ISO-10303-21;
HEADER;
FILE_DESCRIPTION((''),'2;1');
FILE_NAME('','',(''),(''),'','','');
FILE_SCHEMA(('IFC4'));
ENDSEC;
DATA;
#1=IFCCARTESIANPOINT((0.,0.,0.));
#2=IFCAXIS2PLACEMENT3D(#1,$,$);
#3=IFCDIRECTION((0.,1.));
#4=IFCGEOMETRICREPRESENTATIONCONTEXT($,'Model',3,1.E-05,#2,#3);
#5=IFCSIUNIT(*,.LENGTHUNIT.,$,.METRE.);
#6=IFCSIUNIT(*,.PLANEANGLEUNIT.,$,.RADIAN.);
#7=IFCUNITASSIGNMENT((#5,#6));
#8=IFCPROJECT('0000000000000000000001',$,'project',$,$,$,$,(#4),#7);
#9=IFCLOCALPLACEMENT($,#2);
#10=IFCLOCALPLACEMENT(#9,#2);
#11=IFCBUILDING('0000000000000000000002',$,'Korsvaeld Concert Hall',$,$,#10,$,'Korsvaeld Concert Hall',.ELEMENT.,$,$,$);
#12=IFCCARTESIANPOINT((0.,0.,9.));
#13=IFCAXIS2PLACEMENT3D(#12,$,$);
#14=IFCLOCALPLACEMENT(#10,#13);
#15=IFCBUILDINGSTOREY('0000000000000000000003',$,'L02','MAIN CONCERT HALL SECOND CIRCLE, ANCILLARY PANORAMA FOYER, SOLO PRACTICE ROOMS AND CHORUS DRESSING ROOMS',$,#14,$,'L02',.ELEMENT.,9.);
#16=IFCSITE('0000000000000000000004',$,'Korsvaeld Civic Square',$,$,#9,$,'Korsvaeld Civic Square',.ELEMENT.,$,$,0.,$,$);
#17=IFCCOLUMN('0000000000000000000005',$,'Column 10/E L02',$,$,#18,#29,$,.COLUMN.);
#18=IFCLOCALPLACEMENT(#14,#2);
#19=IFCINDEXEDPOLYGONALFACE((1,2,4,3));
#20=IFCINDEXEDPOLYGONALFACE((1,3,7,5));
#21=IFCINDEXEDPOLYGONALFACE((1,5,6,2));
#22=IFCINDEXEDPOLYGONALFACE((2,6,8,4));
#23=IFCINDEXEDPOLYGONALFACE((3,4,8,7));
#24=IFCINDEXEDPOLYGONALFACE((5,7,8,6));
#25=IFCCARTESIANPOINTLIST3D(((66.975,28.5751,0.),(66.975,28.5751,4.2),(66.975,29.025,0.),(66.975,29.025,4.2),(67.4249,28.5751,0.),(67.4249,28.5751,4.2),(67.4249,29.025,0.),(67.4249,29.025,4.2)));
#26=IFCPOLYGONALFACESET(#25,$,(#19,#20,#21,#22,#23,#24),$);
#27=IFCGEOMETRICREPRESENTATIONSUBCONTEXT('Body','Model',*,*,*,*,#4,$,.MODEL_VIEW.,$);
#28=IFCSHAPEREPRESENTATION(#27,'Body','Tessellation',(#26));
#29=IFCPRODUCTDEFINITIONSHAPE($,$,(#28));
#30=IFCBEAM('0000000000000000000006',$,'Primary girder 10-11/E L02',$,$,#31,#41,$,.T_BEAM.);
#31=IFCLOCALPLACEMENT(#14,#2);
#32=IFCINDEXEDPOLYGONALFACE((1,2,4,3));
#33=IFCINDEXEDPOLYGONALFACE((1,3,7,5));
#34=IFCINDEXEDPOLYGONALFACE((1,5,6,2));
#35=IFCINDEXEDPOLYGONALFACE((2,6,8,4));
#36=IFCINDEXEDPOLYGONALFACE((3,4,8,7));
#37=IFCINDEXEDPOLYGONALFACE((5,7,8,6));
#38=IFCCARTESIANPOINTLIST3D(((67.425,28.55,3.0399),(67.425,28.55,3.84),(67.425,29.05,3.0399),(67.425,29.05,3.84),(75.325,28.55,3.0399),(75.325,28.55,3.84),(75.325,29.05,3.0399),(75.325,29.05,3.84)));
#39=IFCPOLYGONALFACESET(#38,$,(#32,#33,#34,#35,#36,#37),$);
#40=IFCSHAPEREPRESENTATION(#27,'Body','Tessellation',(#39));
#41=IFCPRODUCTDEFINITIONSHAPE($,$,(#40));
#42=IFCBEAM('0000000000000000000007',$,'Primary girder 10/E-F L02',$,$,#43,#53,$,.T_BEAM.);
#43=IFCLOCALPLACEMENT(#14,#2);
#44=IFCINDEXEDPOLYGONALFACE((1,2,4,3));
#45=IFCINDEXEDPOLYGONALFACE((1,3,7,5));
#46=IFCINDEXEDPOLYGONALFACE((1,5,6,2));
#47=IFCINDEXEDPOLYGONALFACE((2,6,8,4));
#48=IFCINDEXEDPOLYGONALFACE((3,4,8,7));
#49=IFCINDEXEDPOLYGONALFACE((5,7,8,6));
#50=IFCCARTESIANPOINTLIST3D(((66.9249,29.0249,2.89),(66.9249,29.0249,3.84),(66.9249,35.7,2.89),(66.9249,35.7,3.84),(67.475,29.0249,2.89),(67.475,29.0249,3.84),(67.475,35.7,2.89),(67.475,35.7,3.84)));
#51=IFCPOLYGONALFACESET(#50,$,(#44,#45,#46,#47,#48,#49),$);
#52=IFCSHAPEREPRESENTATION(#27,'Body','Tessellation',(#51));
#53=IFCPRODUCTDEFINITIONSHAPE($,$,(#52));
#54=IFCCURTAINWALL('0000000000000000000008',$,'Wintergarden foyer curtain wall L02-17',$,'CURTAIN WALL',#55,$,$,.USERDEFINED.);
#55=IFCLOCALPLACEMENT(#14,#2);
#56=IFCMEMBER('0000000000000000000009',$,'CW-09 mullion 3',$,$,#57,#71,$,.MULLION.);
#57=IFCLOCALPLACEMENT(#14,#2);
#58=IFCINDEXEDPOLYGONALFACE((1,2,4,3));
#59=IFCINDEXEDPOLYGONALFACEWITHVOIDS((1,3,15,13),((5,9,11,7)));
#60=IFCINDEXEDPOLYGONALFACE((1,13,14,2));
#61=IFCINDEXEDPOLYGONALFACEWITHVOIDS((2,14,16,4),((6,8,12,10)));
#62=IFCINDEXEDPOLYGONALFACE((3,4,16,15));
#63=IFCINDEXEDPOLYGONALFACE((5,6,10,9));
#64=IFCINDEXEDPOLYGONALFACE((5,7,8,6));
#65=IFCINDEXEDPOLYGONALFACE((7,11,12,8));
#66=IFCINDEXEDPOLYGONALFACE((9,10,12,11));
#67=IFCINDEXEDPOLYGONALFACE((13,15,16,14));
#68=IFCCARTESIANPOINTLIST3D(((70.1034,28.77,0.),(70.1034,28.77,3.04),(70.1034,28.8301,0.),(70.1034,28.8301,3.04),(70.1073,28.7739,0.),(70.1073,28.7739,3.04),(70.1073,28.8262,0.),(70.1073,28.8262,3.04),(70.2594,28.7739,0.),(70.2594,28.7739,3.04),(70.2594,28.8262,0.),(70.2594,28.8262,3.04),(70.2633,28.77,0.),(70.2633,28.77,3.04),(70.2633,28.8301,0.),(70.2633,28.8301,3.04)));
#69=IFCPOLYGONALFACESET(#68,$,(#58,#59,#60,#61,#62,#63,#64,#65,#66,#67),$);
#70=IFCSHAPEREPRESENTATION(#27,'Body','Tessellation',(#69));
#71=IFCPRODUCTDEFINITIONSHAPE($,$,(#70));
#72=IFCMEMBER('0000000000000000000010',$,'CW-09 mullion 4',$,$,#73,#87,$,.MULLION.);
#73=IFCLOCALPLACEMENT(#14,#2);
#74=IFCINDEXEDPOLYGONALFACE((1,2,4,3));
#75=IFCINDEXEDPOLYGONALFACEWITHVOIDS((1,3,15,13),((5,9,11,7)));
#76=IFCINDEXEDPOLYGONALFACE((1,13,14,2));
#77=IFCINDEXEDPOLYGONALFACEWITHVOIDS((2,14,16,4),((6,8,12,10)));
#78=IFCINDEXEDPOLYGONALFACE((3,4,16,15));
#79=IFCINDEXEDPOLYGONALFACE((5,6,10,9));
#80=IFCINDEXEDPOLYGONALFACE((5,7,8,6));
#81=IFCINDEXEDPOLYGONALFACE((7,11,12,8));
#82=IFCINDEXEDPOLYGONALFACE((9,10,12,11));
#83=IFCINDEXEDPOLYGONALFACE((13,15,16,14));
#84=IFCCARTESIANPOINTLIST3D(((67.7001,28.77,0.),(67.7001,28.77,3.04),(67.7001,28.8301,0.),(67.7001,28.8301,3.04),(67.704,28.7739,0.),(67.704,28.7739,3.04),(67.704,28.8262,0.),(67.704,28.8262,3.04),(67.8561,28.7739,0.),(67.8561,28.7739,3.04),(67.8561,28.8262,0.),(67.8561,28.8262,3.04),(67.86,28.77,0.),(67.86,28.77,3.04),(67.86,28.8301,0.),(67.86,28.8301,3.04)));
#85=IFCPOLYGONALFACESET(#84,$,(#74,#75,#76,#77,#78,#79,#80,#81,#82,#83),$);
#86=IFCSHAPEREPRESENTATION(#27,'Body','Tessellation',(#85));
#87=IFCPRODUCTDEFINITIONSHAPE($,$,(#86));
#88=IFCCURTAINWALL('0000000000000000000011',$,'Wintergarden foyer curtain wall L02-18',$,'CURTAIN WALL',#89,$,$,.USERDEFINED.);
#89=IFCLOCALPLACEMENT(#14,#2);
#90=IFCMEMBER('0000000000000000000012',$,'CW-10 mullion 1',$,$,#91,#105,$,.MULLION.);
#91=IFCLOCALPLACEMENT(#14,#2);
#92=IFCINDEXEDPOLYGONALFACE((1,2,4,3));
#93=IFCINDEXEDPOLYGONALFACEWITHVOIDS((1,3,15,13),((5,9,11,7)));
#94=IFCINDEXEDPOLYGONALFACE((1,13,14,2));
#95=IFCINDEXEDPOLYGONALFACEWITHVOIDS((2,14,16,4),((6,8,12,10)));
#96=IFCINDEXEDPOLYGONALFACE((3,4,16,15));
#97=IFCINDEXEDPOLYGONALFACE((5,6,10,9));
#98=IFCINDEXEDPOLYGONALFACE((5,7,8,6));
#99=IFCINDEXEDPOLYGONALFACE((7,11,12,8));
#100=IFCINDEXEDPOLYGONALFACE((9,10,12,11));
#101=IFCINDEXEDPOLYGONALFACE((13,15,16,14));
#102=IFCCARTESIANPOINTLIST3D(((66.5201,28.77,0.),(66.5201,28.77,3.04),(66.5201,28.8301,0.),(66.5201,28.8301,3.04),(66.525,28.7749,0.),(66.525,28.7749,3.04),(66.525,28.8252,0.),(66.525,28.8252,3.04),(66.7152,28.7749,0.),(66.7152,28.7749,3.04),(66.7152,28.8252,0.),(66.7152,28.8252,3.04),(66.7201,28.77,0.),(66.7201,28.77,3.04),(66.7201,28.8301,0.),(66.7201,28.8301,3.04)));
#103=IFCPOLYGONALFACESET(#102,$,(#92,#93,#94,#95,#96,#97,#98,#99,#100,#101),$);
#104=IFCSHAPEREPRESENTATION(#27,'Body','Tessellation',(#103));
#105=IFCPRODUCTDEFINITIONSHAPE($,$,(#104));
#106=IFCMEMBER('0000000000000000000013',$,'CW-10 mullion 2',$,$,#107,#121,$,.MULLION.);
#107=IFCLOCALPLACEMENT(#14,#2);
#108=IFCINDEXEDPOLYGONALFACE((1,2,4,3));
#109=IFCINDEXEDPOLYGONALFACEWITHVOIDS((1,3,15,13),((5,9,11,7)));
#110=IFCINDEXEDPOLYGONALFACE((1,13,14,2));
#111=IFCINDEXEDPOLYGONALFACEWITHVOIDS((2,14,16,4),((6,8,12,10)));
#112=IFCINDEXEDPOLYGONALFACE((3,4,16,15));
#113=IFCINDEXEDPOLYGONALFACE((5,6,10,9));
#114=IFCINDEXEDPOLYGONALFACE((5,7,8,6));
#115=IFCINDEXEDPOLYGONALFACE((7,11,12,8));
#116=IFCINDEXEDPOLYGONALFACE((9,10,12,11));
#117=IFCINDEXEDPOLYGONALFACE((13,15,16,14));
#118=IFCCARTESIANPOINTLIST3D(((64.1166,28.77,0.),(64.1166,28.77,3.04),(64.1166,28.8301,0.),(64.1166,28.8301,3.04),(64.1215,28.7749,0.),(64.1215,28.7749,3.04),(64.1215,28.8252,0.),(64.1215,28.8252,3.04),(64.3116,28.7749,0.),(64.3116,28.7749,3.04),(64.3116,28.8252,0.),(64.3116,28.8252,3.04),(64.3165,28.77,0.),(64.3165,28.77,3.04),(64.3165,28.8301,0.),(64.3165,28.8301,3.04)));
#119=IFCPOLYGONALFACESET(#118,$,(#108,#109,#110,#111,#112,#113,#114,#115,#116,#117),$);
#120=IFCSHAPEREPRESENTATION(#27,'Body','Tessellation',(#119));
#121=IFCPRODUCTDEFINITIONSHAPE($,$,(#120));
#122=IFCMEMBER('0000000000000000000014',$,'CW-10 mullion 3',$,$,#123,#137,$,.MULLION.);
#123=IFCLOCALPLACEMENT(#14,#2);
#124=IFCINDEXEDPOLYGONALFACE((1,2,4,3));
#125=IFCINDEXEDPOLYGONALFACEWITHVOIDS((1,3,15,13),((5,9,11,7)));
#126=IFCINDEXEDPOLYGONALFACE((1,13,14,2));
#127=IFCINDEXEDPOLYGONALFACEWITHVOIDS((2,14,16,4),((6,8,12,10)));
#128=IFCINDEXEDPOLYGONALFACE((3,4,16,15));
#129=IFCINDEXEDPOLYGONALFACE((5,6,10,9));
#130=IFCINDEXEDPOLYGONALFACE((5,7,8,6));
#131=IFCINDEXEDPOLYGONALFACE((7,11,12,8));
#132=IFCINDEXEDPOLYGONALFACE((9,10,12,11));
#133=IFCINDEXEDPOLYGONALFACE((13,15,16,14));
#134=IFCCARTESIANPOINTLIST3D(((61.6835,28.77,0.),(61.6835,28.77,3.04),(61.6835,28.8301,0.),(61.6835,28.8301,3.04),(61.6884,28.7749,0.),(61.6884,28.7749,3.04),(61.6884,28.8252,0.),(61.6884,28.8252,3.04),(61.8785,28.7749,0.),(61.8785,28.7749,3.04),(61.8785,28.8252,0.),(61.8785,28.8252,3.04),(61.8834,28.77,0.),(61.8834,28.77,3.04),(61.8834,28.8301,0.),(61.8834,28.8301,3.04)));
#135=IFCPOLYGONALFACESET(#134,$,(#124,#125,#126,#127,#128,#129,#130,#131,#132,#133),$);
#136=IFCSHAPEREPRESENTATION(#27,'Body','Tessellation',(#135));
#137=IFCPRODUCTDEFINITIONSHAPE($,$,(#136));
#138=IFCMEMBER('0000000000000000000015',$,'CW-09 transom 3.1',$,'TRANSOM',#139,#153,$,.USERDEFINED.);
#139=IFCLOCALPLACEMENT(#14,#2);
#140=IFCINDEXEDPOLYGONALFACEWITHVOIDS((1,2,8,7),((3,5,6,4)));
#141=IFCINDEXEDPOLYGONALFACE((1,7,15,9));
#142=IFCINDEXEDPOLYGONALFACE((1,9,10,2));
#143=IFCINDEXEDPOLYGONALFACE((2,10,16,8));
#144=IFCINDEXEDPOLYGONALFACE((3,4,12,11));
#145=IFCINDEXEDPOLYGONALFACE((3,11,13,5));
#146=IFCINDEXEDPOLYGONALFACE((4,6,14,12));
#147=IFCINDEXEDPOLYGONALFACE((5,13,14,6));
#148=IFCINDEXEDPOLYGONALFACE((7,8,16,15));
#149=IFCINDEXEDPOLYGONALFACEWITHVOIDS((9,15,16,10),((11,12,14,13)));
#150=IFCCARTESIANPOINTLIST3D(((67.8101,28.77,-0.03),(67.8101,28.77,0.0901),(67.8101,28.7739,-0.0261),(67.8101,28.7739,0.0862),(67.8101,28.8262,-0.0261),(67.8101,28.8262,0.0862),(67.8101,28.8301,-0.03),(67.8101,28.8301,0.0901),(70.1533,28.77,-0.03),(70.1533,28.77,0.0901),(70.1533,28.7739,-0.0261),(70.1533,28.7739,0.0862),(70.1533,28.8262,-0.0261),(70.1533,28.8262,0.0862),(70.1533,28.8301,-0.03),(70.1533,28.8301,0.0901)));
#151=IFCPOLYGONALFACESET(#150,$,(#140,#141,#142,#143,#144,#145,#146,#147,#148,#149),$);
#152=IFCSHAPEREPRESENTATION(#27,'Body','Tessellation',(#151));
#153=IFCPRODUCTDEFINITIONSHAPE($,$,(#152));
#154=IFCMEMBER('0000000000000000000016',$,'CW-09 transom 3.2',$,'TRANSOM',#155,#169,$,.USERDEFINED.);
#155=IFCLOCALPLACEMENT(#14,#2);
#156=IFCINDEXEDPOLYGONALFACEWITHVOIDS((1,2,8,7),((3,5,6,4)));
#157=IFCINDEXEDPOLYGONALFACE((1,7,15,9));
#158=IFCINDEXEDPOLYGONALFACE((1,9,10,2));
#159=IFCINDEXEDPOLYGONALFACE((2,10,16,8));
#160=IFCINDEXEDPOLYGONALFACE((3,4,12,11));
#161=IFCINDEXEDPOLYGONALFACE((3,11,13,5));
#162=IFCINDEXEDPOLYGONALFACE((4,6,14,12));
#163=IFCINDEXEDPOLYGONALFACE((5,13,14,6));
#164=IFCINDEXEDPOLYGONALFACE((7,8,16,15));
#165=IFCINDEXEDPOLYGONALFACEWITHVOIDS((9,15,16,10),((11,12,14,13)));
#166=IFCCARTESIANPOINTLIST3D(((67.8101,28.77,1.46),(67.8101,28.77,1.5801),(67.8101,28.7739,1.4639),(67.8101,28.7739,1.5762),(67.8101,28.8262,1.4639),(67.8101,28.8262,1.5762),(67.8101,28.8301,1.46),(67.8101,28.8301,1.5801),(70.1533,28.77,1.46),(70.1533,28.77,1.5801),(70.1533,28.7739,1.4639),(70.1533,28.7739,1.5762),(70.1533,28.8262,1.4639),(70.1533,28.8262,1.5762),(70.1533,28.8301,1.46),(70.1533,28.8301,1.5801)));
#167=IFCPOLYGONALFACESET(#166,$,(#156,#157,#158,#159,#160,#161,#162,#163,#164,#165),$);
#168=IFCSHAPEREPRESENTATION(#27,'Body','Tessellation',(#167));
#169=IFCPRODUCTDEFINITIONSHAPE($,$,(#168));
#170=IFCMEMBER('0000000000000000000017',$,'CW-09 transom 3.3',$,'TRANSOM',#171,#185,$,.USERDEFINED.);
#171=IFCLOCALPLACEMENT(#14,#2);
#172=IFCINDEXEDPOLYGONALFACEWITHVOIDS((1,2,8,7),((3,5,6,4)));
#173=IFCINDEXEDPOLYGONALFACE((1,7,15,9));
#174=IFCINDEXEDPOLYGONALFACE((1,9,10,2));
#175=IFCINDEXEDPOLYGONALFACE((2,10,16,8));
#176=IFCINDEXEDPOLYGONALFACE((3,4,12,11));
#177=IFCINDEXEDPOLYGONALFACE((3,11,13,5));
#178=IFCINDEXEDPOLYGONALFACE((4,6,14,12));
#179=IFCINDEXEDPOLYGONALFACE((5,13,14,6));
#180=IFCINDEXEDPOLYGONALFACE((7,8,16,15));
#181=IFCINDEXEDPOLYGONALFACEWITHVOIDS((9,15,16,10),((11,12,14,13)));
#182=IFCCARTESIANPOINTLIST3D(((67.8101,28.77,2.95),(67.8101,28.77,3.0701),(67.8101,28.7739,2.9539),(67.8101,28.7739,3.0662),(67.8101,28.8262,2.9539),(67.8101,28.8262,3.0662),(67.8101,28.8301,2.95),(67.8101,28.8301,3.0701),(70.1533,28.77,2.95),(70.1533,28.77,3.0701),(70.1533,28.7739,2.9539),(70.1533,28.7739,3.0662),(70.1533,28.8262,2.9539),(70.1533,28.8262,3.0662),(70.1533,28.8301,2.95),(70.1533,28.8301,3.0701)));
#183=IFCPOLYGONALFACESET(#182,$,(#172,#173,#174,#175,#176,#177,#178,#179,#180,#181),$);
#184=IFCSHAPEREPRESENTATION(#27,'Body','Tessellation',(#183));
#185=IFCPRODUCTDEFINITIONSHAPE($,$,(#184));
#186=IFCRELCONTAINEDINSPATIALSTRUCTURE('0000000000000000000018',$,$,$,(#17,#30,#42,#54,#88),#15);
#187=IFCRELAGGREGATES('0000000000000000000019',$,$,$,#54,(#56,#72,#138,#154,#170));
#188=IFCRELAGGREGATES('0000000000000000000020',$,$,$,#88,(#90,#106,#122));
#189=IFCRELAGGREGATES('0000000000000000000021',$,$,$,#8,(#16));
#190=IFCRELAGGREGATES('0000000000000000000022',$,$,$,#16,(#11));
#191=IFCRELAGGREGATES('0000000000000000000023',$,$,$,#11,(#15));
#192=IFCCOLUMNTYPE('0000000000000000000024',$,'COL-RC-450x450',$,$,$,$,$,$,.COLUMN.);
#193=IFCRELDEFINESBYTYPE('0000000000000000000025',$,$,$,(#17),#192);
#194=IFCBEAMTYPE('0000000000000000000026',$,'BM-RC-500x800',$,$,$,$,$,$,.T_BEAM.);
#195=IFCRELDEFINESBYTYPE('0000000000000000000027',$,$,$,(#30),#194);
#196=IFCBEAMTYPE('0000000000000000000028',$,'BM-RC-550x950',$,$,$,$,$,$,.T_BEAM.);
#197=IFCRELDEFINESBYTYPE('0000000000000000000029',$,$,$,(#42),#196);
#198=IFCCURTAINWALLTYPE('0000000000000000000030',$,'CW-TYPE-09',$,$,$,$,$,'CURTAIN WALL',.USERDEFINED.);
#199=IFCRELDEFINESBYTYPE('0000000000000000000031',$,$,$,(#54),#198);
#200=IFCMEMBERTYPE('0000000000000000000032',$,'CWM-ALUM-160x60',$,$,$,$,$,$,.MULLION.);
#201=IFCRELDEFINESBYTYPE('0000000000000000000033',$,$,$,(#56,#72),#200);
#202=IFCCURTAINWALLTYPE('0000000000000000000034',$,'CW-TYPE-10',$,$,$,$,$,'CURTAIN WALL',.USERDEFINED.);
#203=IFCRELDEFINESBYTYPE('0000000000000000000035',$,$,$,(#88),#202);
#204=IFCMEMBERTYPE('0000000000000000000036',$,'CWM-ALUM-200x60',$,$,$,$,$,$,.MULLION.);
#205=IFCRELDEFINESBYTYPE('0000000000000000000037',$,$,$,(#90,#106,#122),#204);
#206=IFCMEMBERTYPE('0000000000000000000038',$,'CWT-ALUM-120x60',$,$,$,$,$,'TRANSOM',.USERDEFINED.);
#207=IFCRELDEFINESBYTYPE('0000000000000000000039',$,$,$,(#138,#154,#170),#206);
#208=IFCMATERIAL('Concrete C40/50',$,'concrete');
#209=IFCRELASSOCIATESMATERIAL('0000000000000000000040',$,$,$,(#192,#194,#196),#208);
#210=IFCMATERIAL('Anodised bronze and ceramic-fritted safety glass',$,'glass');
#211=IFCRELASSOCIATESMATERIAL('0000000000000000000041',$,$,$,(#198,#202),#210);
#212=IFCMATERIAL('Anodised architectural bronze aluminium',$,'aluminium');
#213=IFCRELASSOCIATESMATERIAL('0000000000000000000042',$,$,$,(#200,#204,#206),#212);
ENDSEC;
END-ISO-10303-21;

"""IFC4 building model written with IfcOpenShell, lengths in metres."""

from ifc_helpers import new_model, si_unit, direction, frame, origin, origin_2d, place, context, subcontext, project, spatial, rectangle, hollow_rectangle, extrude, material, material_profile, profile_set, type_object, element, aggregate, save


model = new_model("IFC4")

# Units and contexts
model_context = context("Model", 3, precision=1e-05, world=origin(), true_north=direction((0.0, 1.0)))
body_context = subcontext(model_context, "Body", "Model", "MODEL_VIEW")
ifc_project = project(units=[si_unit("LENGTHUNIT", "METRE"), si_unit("PLANEANGLEUNIT", "RADIAN")], contexts=[model_context])

# Site, building, storey
site_placement = place(None, origin())
site = spatial("IfcSite", under=ifc_project, at=site_placement, Name="Korsvaeld Civic Square", LongName="Korsvaeld Civic Square", CompositionType="ELEMENT", RefElevation=0.0)
building_placement = place(site_placement, origin())
building = spatial("IfcBuilding", under=site, at=building_placement, Name="Korsvaeld Concert Hall", LongName="Korsvaeld Concert Hall", CompositionType="ELEMENT")
storey_placement = place(building_placement, frame((0.0, 0.0, 9.0)))
storey = spatial("IfcBuildingStorey", under=building, at=storey_placement, Name="L02", Description="MAIN CONCERT HALL SECOND CIRCLE, ANCILLARY PANORAMA FOYER, SOLO PRACTICE ROOMS AND CHORUS DRESSING ROOMS", LongName="L02", CompositionType="ELEMENT", Elevation=9.0)

# Column
ifc_material_1 = material(Name="Concrete C40/50", Category="concrete")
ifc_material_profile_1 = material_profile(ifc_material_1, rectangle(XDim=0.45, YDim=0.45, at=origin_2d()), Name="RC 450x450")
ifc_profile_set_1 = profile_set([ifc_material_profile_1], Name="Concrete C40/50")
column_type = type_object("IfcColumnType", Name="COL-RC-450x450", PredefinedType="COLUMN", material=ifc_profile_set_1)
column_placement = place(storey_placement, frame((67.2, 28.8, 0.0), z_axis=(0.0, 0.0, 1.0), x_axis=(1.0, 0.0, 0.0)))
element("IfcColumn", 1, at=column_placement, inside=storey, type_object=column_type, Name="Column 10/E L02", PredefinedType="COLUMN", context=body_context, shape_type="SweptSolid", body=[
    extrude(rectangle(XDim=0.45, YDim=0.45, at=origin_2d()), origin(), (0.0, 0.0, 1.0), 4.2),
])

# Beams
ifc_material_profile_2 = material_profile(ifc_material_1, rectangle(XDim=0.5, YDim=0.8, at=origin_2d()), Name="RC 500x800")
ifc_profile_set_2 = profile_set([ifc_material_profile_2], Name="Concrete C40/50")
beam_type_1 = type_object("IfcBeamType", Name="BM-RC-500x800", PredefinedType="T_BEAM", material=ifc_profile_set_2)
beam_1_placement = place(storey_placement, frame((67.425, 28.8, 3.4399), z_axis=(1.0, 0.0, 0.0), x_axis=(0.0, 1.0, 0.0)))
element("IfcBeam", 2, at=beam_1_placement, inside=storey, type_object=beam_type_1, Name="Primary girder 10-11/E L02", PredefinedType="T_BEAM", context=body_context, shape_type="SweptSolid", body=[
    extrude(rectangle(XDim=0.5, YDim=0.8, at=origin_2d()), origin(), (0.0, 0.0, 1.0), 7.8999),
])
ifc_material_profile_3 = material_profile(ifc_material_1, rectangle(XDim=0.55, YDim=0.95, at=origin_2d()), Name="RC 550x950")
ifc_profile_set_3 = profile_set([ifc_material_profile_3], Name="Concrete C40/50")
beam_type_2 = type_object("IfcBeamType", Name="BM-RC-550x950", PredefinedType="T_BEAM", material=ifc_profile_set_3)
beam_2_placement = place(storey_placement, frame((67.2, 29.0249, 3.365), z_axis=(0.0, 1.0, 0.0), x_axis=(-1.0, 0.0, 0.0)))
element("IfcBeam", 3, at=beam_2_placement, inside=storey, type_object=beam_type_2, Name="Primary girder 10/E-F L02", PredefinedType="T_BEAM", context=body_context, shape_type="SweptSolid", body=[
    extrude(rectangle(XDim=0.55, YDim=0.95, at=origin_2d()), origin(), (0.0, 0.0, 1.0), 6.675),
])

# Curtain walls, members
ifc_material_2 = material(Name="Anodised bronze and ceramic-fritted safety glass", Category="glass")
curtain_wall_type_1 = type_object("IfcCurtainWallType", Name="CW-TYPE-09", ElementType="CURTAIN WALL", PredefinedType="USERDEFINED", material=ifc_material_2)
curtain_wall_1_placement = place(storey_placement, origin())
curtain_wall_1 = element("IfcCurtainWall", 4, at=curtain_wall_1_placement, inside=storey, type_object=curtain_wall_type_1, Name="Wintergarden foyer curtain wall L02-17", ObjectType="CURTAIN WALL", PredefinedType="USERDEFINED")
ifc_material_3 = material(Name="Anodised architectural bronze aluminium", Category="aluminium")
ifc_material_profile_4 = material_profile(ifc_material_3, hollow_rectangle(XDim=0.0601, YDim=0.1599, WallThickness=0.0039, at=origin_2d()), Name="CWM 160x60x4")
ifc_profile_set_4 = profile_set([ifc_material_profile_4], Name="Anodised architectural bronze aluminium")
member_type_1 = type_object("IfcMemberType", Name="CWM-ALUM-160x60", PredefinedType="MULLION", material=ifc_profile_set_4)
member_1_placement = place(storey_placement, frame((70.1833, 28.8, 0.0), z_axis=(0.0, 0.0, 1.0), x_axis=(0.0, -1.0, 0.0)))
member_1 = element("IfcMember", 5, at=member_1_placement, type_object=member_type_1, Name="CW-09 mullion 3", PredefinedType="MULLION", context=body_context, shape_type="SweptSolid", body=[
    extrude(hollow_rectangle(XDim=0.0601, YDim=0.1599, WallThickness=0.0039, at=origin_2d()), origin(), (0.0, 0.0, 1.0), 3.04),
])
member_2_placement = place(storey_placement, frame((67.78, 28.8, 0.0), z_axis=(0.0, 0.0, 1.0), x_axis=(0.0, -1.0, 0.0)))
member_2 = element("IfcMember", 6, at=member_2_placement, type_object=member_type_1, Name="CW-09 mullion 4", PredefinedType="MULLION", context=body_context, shape_type="SweptSolid", body=[
    extrude(hollow_rectangle(XDim=0.0601, YDim=0.1599, WallThickness=0.0039, at=origin_2d()), origin(), (0.0, 0.0, 1.0), 3.04),
])
curtain_wall_type_2 = type_object("IfcCurtainWallType", Name="CW-TYPE-10", ElementType="CURTAIN WALL", PredefinedType="USERDEFINED", material=ifc_material_2)
curtain_wall_2_placement = place(storey_placement, origin())
curtain_wall_2 = element("IfcCurtainWall", 7, at=curtain_wall_2_placement, inside=storey, type_object=curtain_wall_type_2, Name="Wintergarden foyer curtain wall L02-18", ObjectType="CURTAIN WALL", PredefinedType="USERDEFINED")
ifc_material_profile_5 = material_profile(ifc_material_3, hollow_rectangle(XDim=0.0601, YDim=0.2, WallThickness=0.0049, at=origin_2d()), Name="CWM 200x60x5")
ifc_profile_set_5 = profile_set([ifc_material_profile_5], Name="Anodised architectural bronze aluminium")
member_type_2 = type_object("IfcMemberType", Name="CWM-ALUM-200x60", PredefinedType="MULLION", material=ifc_profile_set_5)
member_3_placement = place(storey_placement, frame((66.6201, 28.8, 0.0), z_axis=(0.0, 0.0, 1.0), x_axis=(0.0, -1.0, 0.0)))
member_3 = element("IfcMember", 8, at=member_3_placement, type_object=member_type_2, Name="CW-10 mullion 1", PredefinedType="MULLION", context=body_context, shape_type="SweptSolid", body=[
    extrude(hollow_rectangle(XDim=0.0601, YDim=0.2, WallThickness=0.0049, at=origin_2d()), origin(), (0.0, 0.0, 1.0), 3.04),
])
member_4_placement = place(storey_placement, frame((64.2166, 28.8, 0.0), z_axis=(0.0, 0.0, 1.0), x_axis=(0.0, -1.0, 0.0)))
member_4 = element("IfcMember", 9, at=member_4_placement, type_object=member_type_2, Name="CW-10 mullion 2", PredefinedType="MULLION", context=body_context, shape_type="SweptSolid", body=[
    extrude(hollow_rectangle(XDim=0.0601, YDim=0.2, WallThickness=0.0049, at=origin_2d()), origin(), (0.0, 0.0, 1.0), 3.04),
])
member_5_placement = place(storey_placement, frame((61.7834, 28.8, 0.0), z_axis=(0.0, 0.0, 1.0), x_axis=(0.0, -1.0, 0.0)))
member_5 = element("IfcMember", 10, at=member_5_placement, type_object=member_type_2, Name="CW-10 mullion 3", PredefinedType="MULLION", context=body_context, shape_type="SweptSolid", body=[
    extrude(hollow_rectangle(XDim=0.0601, YDim=0.2, WallThickness=0.0049, at=origin_2d()), origin(), (0.0, 0.0, 1.0), 3.04),
])

# Members
ifc_material_profile_6 = material_profile(ifc_material_3, hollow_rectangle(XDim=0.0601, YDim=0.1201, WallThickness=0.0039, at=origin_2d()), Name="CWT 120x60x4")
ifc_profile_set_6 = profile_set([ifc_material_profile_6], Name="Anodised architectural bronze aluminium")
member_type_3 = type_object("IfcMemberType", Name="CWT-ALUM-120x60", ElementType="TRANSOM", PredefinedType="USERDEFINED", material=ifc_profile_set_6)
member_6_placement = place(storey_placement, frame((70.1533, 28.8, 0.03), z_axis=(-1.0, 0.0, 0.0), x_axis=(0.0, -1.0, 0.0)))
member_6 = element("IfcMember", 11, at=member_6_placement, type_object=member_type_3, Name="CW-09 transom 3.1", ObjectType="TRANSOM", PredefinedType="USERDEFINED", context=body_context, shape_type="SweptSolid", body=[
    extrude(hollow_rectangle(XDim=0.0601, YDim=0.1201, WallThickness=0.0039, at=origin_2d()), origin(), (0.0, 0.0, 1.0), 2.3433),
])
member_7_placement = place(storey_placement, frame((70.1533, 28.8, 1.52), z_axis=(-1.0, 0.0, 0.0), x_axis=(0.0, -1.0, 0.0)))
member_7 = element("IfcMember", 12, at=member_7_placement, type_object=member_type_3, Name="CW-09 transom 3.2", ObjectType="TRANSOM", PredefinedType="USERDEFINED", context=body_context, shape_type="SweptSolid", body=[
    extrude(hollow_rectangle(XDim=0.0601, YDim=0.1201, WallThickness=0.0039, at=origin_2d()), origin(), (0.0, 0.0, 1.0), 2.3433),
])
member_8_placement = place(storey_placement, frame((70.1533, 28.8, 3.01), z_axis=(-1.0, 0.0, 0.0), x_axis=(0.0, -1.0, 0.0)))
member_8 = element("IfcMember", 13, at=member_8_placement, type_object=member_type_3, Name="CW-09 transom 3.3", ObjectType="TRANSOM", PredefinedType="USERDEFINED", context=body_context, shape_type="SweptSolid", body=[
    extrude(hollow_rectangle(XDim=0.0601, YDim=0.1201, WallThickness=0.0039, at=origin_2d()), origin(), (0.0, 0.0, 1.0), 2.3433),
])

aggregate(curtain_wall_1, [member_1, member_2, member_6, member_7, member_8])
aggregate(curtain_wall_2, [member_3, member_4, member_5])

save(model, "model.ifc")
